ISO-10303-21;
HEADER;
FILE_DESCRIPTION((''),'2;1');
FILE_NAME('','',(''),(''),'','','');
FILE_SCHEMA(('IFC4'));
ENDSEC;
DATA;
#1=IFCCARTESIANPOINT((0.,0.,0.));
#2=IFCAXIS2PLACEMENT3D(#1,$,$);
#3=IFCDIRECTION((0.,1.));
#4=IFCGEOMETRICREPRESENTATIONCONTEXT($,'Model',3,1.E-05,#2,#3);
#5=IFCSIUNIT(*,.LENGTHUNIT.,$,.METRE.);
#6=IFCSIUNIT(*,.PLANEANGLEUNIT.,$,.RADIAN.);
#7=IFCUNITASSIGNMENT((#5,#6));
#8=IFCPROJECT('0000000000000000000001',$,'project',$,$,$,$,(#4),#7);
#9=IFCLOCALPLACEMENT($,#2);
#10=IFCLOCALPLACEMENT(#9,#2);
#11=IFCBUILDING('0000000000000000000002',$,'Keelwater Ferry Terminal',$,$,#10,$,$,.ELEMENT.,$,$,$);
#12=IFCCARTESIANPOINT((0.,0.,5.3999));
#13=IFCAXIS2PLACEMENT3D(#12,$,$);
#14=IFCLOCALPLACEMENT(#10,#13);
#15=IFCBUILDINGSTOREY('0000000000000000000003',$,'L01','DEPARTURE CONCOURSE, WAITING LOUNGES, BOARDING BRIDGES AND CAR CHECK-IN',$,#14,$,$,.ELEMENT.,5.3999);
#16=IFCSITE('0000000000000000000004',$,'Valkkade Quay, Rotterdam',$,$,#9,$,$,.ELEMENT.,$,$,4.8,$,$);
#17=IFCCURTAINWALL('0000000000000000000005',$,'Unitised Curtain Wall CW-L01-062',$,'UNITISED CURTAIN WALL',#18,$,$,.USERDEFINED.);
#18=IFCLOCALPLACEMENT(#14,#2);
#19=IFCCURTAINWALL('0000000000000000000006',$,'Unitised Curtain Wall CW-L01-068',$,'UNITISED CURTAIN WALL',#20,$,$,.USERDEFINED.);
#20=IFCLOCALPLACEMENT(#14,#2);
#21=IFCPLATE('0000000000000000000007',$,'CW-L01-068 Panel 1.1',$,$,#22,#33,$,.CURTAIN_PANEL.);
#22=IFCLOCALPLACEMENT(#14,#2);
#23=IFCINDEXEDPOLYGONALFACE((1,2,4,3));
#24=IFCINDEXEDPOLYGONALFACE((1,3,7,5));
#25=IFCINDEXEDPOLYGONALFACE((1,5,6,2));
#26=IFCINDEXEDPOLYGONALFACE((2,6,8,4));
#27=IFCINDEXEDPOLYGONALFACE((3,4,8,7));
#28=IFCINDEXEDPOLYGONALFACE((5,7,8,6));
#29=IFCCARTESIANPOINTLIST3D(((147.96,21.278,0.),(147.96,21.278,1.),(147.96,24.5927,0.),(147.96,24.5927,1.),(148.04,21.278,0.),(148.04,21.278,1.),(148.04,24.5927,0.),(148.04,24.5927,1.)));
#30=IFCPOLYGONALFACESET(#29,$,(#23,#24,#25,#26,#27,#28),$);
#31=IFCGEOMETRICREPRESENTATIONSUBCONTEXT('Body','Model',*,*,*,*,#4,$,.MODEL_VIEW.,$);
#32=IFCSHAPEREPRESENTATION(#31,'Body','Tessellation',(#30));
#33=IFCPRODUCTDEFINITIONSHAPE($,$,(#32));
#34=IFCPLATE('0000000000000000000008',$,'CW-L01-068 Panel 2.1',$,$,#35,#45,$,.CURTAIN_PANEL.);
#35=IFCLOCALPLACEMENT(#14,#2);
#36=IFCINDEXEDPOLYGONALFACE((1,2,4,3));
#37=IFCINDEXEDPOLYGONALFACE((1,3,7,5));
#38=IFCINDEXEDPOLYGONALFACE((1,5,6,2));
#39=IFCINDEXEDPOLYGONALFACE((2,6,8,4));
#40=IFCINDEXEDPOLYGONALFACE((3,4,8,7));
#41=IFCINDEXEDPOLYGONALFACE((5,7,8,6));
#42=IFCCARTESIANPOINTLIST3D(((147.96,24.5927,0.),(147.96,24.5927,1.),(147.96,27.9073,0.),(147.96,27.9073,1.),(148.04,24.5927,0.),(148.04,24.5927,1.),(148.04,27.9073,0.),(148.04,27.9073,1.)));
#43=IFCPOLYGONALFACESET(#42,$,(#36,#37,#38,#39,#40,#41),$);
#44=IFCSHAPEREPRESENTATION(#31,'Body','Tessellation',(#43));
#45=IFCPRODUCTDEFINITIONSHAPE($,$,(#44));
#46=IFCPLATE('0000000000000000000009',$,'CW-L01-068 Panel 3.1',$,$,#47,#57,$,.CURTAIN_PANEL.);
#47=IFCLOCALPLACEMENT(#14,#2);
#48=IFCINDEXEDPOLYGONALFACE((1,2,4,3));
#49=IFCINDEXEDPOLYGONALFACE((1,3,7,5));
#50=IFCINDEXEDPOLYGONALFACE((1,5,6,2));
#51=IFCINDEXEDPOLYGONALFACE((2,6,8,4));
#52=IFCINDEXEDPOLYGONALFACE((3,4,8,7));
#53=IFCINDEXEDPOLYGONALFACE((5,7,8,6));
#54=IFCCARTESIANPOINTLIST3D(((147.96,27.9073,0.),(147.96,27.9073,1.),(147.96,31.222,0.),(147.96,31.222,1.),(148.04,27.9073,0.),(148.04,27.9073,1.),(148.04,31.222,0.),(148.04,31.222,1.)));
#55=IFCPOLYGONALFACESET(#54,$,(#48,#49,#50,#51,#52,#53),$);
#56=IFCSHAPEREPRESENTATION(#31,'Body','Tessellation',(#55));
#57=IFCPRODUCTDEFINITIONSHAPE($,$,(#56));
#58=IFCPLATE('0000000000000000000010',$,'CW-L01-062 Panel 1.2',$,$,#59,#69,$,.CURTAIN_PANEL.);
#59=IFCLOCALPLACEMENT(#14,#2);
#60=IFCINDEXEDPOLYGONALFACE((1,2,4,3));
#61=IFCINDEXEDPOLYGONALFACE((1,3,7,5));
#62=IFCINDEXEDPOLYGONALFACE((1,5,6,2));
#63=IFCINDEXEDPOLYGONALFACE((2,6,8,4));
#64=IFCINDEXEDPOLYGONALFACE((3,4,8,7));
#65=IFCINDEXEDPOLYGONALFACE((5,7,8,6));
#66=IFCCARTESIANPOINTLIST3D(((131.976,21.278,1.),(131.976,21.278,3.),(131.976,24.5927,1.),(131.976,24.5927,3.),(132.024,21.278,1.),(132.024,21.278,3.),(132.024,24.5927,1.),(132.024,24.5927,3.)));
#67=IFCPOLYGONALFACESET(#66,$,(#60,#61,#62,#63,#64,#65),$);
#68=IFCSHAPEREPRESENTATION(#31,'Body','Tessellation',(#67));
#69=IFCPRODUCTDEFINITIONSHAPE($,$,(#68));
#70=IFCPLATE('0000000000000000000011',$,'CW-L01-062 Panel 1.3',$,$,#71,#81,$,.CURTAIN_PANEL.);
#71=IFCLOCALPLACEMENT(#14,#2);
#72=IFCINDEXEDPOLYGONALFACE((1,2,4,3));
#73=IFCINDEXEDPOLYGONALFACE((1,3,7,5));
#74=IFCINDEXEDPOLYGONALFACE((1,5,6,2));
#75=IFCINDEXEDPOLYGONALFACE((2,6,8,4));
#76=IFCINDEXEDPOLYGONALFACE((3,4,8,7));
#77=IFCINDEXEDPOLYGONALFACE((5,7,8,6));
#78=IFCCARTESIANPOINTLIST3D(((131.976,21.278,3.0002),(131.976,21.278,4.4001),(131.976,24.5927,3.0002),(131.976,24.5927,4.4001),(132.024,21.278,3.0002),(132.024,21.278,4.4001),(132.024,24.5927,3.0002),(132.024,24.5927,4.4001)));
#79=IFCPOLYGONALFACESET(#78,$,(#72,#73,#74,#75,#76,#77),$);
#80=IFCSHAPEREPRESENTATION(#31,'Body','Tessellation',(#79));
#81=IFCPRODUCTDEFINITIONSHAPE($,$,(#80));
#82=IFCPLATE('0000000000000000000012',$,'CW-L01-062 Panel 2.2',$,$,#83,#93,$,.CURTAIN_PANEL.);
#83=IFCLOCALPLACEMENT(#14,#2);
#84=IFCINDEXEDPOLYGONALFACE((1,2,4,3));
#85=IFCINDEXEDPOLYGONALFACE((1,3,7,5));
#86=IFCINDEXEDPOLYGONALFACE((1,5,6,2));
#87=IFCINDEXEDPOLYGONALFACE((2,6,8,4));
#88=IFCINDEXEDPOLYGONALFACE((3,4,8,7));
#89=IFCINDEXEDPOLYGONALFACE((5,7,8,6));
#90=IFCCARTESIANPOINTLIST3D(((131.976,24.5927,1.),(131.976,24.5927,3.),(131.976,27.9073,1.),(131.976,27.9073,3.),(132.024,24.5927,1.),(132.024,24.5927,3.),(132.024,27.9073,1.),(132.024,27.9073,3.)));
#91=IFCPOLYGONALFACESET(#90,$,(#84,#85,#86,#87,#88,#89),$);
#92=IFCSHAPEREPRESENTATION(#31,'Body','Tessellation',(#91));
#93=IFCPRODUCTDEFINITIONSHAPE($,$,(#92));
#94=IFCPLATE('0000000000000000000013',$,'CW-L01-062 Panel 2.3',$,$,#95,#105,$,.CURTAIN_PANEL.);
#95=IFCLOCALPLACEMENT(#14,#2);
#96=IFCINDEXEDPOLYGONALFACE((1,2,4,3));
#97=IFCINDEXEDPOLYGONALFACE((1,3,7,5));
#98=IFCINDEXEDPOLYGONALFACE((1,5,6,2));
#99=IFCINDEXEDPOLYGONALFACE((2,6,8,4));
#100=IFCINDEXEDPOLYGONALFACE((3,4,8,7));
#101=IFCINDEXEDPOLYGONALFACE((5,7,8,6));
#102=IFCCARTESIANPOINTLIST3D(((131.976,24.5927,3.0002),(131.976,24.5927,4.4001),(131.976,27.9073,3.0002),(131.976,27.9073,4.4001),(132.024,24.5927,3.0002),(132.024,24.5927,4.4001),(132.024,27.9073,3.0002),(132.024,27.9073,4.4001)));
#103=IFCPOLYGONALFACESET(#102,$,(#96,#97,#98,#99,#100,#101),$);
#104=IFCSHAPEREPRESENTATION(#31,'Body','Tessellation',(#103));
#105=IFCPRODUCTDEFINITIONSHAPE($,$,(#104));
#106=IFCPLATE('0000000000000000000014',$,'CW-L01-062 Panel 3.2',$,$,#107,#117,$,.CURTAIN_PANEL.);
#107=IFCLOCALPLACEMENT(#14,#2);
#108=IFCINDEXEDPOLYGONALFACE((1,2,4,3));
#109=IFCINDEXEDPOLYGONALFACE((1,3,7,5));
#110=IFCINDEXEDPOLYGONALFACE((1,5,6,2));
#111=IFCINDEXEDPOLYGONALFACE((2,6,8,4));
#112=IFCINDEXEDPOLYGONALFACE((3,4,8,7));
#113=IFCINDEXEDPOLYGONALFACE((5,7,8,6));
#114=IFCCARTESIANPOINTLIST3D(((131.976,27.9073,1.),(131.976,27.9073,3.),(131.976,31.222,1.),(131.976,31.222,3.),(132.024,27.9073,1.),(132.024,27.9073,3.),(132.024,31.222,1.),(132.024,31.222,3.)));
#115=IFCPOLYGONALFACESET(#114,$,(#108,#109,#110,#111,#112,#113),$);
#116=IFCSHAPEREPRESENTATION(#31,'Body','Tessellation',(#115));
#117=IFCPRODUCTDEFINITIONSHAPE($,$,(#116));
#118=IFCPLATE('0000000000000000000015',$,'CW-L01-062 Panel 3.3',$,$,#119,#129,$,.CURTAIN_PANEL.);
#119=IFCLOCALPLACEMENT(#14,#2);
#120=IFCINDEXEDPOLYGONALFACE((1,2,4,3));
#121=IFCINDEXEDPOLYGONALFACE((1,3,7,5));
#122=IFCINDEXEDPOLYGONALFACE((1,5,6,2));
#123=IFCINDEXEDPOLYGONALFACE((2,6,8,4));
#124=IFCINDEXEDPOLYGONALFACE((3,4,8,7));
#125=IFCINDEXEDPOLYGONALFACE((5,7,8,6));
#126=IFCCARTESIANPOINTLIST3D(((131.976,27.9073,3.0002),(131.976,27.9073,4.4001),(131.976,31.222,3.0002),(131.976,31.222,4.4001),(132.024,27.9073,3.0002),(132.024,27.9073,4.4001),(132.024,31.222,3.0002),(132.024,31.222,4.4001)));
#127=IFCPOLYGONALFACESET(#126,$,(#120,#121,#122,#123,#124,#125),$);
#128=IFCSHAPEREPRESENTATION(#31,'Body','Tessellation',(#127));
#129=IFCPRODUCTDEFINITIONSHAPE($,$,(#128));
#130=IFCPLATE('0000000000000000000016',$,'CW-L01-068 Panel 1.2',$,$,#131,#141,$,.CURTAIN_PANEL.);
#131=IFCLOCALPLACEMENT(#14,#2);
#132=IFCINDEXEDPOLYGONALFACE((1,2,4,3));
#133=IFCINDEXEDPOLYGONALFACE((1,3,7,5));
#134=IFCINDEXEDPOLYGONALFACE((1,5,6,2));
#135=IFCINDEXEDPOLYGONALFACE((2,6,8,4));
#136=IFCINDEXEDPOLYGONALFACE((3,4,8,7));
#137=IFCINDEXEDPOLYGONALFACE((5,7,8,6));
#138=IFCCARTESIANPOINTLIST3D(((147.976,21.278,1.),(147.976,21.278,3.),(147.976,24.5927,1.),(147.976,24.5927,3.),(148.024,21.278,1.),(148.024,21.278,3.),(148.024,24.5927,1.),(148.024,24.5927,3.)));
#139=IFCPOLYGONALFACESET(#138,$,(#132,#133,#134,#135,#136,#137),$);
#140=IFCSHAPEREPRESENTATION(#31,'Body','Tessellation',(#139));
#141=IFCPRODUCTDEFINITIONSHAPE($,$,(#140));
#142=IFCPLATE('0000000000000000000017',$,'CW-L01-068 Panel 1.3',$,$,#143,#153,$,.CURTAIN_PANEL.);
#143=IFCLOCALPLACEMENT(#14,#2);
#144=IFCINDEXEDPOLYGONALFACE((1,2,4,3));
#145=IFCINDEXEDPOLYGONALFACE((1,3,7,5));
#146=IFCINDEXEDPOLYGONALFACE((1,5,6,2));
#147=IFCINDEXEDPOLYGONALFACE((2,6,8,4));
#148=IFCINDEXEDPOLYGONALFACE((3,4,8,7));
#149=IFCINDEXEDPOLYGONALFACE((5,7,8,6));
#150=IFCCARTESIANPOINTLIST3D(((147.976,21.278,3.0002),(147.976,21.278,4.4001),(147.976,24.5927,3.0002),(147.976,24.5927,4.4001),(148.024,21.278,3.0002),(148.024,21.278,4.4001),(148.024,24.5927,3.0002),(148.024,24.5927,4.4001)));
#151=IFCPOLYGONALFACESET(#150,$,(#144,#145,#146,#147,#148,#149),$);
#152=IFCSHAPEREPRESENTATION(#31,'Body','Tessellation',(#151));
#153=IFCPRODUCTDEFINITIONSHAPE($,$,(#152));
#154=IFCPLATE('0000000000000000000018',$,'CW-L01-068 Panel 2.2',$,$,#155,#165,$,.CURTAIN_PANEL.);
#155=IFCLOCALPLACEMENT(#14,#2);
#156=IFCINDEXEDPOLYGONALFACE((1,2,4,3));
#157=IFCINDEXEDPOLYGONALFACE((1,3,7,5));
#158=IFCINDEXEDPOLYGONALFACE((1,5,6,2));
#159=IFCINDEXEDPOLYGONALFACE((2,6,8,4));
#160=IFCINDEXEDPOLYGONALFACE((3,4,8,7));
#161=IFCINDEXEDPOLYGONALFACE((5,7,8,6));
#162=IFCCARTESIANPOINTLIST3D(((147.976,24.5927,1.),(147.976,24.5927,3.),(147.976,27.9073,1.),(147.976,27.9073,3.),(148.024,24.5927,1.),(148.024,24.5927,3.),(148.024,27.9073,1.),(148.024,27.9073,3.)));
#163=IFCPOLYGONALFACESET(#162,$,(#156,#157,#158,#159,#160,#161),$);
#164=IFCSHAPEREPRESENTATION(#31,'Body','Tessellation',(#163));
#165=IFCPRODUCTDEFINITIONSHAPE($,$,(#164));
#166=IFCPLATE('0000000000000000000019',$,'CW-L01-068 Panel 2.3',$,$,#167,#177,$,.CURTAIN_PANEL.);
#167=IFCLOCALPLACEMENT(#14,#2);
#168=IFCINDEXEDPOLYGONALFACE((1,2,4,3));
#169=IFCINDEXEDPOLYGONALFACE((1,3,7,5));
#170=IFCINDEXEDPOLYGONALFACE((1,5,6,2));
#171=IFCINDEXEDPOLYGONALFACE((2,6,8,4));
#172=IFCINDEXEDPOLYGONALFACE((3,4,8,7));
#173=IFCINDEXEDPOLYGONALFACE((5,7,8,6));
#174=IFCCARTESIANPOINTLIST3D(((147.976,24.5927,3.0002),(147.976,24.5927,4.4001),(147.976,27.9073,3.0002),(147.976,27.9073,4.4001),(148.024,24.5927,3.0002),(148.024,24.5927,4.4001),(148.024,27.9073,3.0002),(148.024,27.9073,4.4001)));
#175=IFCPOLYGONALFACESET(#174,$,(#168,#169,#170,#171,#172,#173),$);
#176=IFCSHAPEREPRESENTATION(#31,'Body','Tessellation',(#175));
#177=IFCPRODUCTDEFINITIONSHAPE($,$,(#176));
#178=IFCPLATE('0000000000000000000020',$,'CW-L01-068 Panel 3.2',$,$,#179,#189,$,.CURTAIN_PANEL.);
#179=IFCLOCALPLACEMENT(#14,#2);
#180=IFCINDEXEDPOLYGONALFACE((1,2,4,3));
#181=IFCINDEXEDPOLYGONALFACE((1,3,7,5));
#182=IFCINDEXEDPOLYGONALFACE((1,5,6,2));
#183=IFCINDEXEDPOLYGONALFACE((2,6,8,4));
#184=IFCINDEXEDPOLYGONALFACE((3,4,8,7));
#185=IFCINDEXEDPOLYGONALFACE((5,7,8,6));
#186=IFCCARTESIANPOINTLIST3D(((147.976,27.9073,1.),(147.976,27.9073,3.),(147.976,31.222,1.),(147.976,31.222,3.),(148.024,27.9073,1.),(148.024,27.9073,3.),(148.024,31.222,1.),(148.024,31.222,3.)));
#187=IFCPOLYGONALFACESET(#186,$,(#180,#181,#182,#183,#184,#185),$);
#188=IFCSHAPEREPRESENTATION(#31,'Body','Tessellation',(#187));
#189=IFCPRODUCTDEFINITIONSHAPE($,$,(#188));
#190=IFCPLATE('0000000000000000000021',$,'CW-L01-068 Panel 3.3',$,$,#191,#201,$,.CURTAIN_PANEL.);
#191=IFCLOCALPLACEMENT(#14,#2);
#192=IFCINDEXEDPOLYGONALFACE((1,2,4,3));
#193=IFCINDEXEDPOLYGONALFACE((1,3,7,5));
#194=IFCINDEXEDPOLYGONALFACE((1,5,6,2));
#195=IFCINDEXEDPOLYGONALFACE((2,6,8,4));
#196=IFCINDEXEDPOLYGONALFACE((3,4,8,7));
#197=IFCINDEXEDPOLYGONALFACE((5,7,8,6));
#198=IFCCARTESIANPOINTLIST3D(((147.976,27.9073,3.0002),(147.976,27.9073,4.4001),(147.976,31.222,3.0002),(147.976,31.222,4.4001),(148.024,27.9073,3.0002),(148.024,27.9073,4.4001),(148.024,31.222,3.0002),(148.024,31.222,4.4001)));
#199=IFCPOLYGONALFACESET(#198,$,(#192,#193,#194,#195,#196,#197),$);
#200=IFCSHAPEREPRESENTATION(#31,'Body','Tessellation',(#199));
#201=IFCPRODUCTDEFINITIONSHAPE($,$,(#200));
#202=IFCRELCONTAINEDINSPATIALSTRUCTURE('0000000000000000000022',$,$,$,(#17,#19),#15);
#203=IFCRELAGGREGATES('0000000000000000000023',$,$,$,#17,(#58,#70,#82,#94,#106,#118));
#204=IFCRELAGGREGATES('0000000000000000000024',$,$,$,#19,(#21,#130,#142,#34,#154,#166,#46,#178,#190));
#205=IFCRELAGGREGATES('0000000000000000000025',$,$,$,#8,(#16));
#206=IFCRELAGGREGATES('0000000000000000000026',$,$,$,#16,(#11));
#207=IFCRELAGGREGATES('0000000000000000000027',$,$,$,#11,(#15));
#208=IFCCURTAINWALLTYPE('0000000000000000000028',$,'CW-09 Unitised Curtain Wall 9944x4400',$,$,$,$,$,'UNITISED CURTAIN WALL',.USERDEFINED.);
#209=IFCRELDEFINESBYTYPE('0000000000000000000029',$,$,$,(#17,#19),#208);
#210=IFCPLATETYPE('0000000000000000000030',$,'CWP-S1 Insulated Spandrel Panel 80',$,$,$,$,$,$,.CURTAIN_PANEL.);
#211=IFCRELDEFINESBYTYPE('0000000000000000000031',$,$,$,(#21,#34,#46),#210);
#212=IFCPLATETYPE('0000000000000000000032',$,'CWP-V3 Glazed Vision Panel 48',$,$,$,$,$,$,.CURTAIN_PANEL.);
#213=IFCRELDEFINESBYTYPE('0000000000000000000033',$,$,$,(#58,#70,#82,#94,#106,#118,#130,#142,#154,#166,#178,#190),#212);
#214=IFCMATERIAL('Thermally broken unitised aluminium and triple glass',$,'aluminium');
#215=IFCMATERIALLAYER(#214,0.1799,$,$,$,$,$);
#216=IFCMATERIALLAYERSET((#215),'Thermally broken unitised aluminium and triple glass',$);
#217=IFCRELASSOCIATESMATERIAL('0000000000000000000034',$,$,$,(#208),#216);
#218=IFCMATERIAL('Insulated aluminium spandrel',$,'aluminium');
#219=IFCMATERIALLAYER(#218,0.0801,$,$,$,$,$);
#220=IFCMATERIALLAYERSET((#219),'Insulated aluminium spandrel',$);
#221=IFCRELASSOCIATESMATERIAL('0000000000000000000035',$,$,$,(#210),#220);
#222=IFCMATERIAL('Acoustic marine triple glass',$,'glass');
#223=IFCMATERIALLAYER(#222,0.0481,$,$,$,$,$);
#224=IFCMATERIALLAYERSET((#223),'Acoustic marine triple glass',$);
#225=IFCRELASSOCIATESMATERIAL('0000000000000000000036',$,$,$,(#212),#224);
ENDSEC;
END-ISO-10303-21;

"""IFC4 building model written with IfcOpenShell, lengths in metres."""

from ifc_helpers import new_model, si_unit, direction, frame, origin, origin_2d, place, context, subcontext, project, spatial, rectangle, extrude, material, layer, layer_set, type_object, element, aggregate, save


model = new_model("IFC4")

# Units and contexts
model_context = context("Model", 3, precision=1e-05, world=origin(), true_north=direction((0.0, 1.0)))
body_context = subcontext(model_context, "Body", "Model", "MODEL_VIEW")
ifc_project = project(units=[si_unit("LENGTHUNIT", "METRE"), si_unit("PLANEANGLEUNIT", "RADIAN")], contexts=[model_context])

# Site, building, storey
site_placement = place(None, origin())
site = spatial("IfcSite", under=ifc_project, at=site_placement, Name="Valkkade Quay, Rotterdam", CompositionType="ELEMENT", RefElevation=4.8)
building_placement = place(site_placement, origin())
building = spatial("IfcBuilding", under=site, at=building_placement, Name="Keelwater Ferry Terminal", CompositionType="ELEMENT")
storey_placement = place(building_placement, frame((0.0, 0.0, 5.3999)))
storey = spatial("IfcBuildingStorey", under=building, at=storey_placement, Name="L01", Description="DEPARTURE CONCOURSE, WAITING LOUNGES, BOARDING BRIDGES AND CAR CHECK-IN", CompositionType="ELEMENT", Elevation=5.3999)

# Curtain walls
ifc_material_1 = material(Name="Thermally broken unitised aluminium and triple glass", Category="aluminium")
ifc_layer_1 = layer(ifc_material_1, 0.1799)
ifc_layer_set_1 = layer_set([ifc_layer_1], Name="Thermally broken unitised aluminium and triple glass")
curtain_wall_type = type_object("IfcCurtainWallType", Name="CW-09 Unitised Curtain Wall 9944x4400", ElementType="UNITISED CURTAIN WALL", PredefinedType="USERDEFINED", material=ifc_layer_set_1)
curtain_wall_1_placement = place(storey_placement, origin())
curtain_wall_1 = element("IfcCurtainWall", 1, at=curtain_wall_1_placement, inside=storey, type_object=curtain_wall_type, Name="Unitised Curtain Wall CW-L01-062", ObjectType="UNITISED CURTAIN WALL", PredefinedType="USERDEFINED")
curtain_wall_2_placement = place(storey_placement, origin())
curtain_wall_2 = element("IfcCurtainWall", 2, at=curtain_wall_2_placement, inside=storey, type_object=curtain_wall_type, Name="Unitised Curtain Wall CW-L01-068", ObjectType="UNITISED CURTAIN WALL", PredefinedType="USERDEFINED")

# Plates
ifc_material_2 = material(Name="Insulated aluminium spandrel", Category="aluminium")
ifc_layer_2 = layer(ifc_material_2, 0.0801)
ifc_layer_set_2 = layer_set([ifc_layer_2], Name="Insulated aluminium spandrel")
plate_type_1 = type_object("IfcPlateType", Name="CWP-S1 Insulated Spandrel Panel 80", PredefinedType="CURTAIN_PANEL", material=ifc_layer_set_2)
plate_1_placement = place(storey_placement, frame((148.0, 22.9353, 0.0), z_axis=(0.0, 0.0, 1.0), x_axis=(0.0, 1.0, 0.0)))
plate_1 = element("IfcPlate", 3, at=plate_1_placement, type_object=plate_type_1, Name="CW-L01-068 Panel 1.1", PredefinedType="CURTAIN_PANEL", context=body_context, shape_type="SweptSolid", body=[
    extrude(rectangle(XDim=3.3147, YDim=0.0801, at=origin_2d()), origin(), (0.0, 0.0, 1.0), 1.0),
])
plate_2_placement = place(storey_placement, frame((148.0, 26.25, 0.0), z_axis=(0.0, 0.0, 1.0), x_axis=(0.0, 1.0, 0.0)))
plate_2 = element("IfcPlate", 4, at=plate_2_placement, type_object=plate_type_1, Name="CW-L01-068 Panel 2.1", PredefinedType="CURTAIN_PANEL", context=body_context, shape_type="SweptSolid", body=[
    extrude(rectangle(XDim=3.3147, YDim=0.0801, at=origin_2d()), origin(), (0.0, 0.0, 1.0), 1.0),
])
plate_3_placement = place(storey_placement, frame((148.0, 29.5647, 0.0), z_axis=(0.0, 0.0, 1.0), x_axis=(0.0, 1.0, 0.0)))
plate_3 = element("IfcPlate", 5, at=plate_3_placement, type_object=plate_type_1, Name="CW-L01-068 Panel 3.1", PredefinedType="CURTAIN_PANEL", context=body_context, shape_type="SweptSolid", body=[
    extrude(rectangle(XDim=3.3147, YDim=0.0801, at=origin_2d()), origin(), (0.0, 0.0, 1.0), 1.0),
])
ifc_material_3 = material(Name="Acoustic marine triple glass", Category="glass")
ifc_layer_3 = layer(ifc_material_3, 0.0481)
ifc_layer_set_3 = layer_set([ifc_layer_3], Name="Acoustic marine triple glass")
plate_type_2 = type_object("IfcPlateType", Name="CWP-V3 Glazed Vision Panel 48", PredefinedType="CURTAIN_PANEL", material=ifc_layer_set_3)
plate_4_placement = place(storey_placement, frame((132.0, 22.9353, 1.0), z_axis=(0.0, 0.0, 1.0), x_axis=(0.0, 1.0, 0.0)))
plate_4 = element("IfcPlate", 6, at=plate_4_placement, type_object=plate_type_2, Name="CW-L01-062 Panel 1.2", PredefinedType="CURTAIN_PANEL", context=body_context, shape_type="SweptSolid", body=[
    extrude(rectangle(XDim=3.3147, YDim=0.0481, at=origin_2d()), origin(), (0.0, 0.0, 1.0), 2.0),
])
plate_5_placement = place(storey_placement, frame((132.0, 22.9353, 3.0002), z_axis=(0.0, 0.0, 1.0), x_axis=(0.0, 1.0, 0.0)))
plate_5 = element("IfcPlate", 7, at=plate_5_placement, type_object=plate_type_2, Name="CW-L01-062 Panel 1.3", PredefinedType="CURTAIN_PANEL", context=body_context, shape_type="SweptSolid", body=[
    extrude(rectangle(XDim=3.3147, YDim=0.0481, at=origin_2d()), origin(), (0.0, 0.0, 1.0), 1.3999),
])
plate_6_placement = place(storey_placement, frame((132.0, 26.25, 1.0), z_axis=(0.0, 0.0, 1.0), x_axis=(0.0, 1.0, 0.0)))
plate_6 = element("IfcPlate", 8, at=plate_6_placement, type_object=plate_type_2, Name="CW-L01-062 Panel 2.2", PredefinedType="CURTAIN_PANEL", context=body_context, shape_type="SweptSolid", body=[
    extrude(rectangle(XDim=3.3147, YDim=0.0481, at=origin_2d()), origin(), (0.0, 0.0, 1.0), 2.0),
])
plate_7_placement = place(storey_placement, frame((132.0, 26.25, 3.0002), z_axis=(0.0, 0.0, 1.0), x_axis=(0.0, 1.0, 0.0)))
plate_7 = element("IfcPlate", 9, at=plate_7_placement, type_object=plate_type_2, Name="CW-L01-062 Panel 2.3", PredefinedType="CURTAIN_PANEL", context=body_context, shape_type="SweptSolid", body=[
    extrude(rectangle(XDim=3.3147, YDim=0.0481, at=origin_2d()), origin(), (0.0, 0.0, 1.0), 1.3999),
])
plate_8_placement = place(storey_placement, frame((132.0, 29.5647, 1.0), z_axis=(0.0, 0.0, 1.0), x_axis=(0.0, 1.0, 0.0)))
plate_8 = element("IfcPlate", 10, at=plate_8_placement, type_object=plate_type_2, Name="CW-L01-062 Panel 3.2", PredefinedType="CURTAIN_PANEL", context=body_context, shape_type="SweptSolid", body=[
    extrude(rectangle(XDim=3.3147, YDim=0.0481, at=origin_2d()), origin(), (0.0, 0.0, 1.0), 2.0),
])
plate_9_placement = place(storey_placement, frame((132.0, 29.5647, 3.0002), z_axis=(0.0, 0.0, 1.0), x_axis=(0.0, 1.0, 0.0)))
plate_9 = element("IfcPlate", 11, at=plate_9_placement, type_object=plate_type_2, Name="CW-L01-062 Panel 3.3", PredefinedType="CURTAIN_PANEL", context=body_context, shape_type="SweptSolid", body=[
    extrude(rectangle(XDim=3.3147, YDim=0.0481, at=origin_2d()), origin(), (0.0, 0.0, 1.0), 1.3999),
])
aggregate(curtain_wall_1, [plate_4, plate_5, plate_6, plate_7, plate_8, plate_9])
plate_10_placement = place(storey_placement, frame((148.0, 22.9353, 1.0), z_axis=(0.0, 0.0, 1.0), x_axis=(0.0, 1.0, 0.0)))
plate_10 = element("IfcPlate", 12, at=plate_10_placement, type_object=plate_type_2, Name="CW-L01-068 Panel 1.2", PredefinedType="CURTAIN_PANEL", context=body_context, shape_type="SweptSolid", body=[
    extrude(rectangle(XDim=3.3147, YDim=0.0481, at=origin_2d()), origin(), (0.0, 0.0, 1.0), 2.0),
])
plate_11_placement = place(storey_placement, frame((148.0, 22.9353, 3.0002), z_axis=(0.0, 0.0, 1.0), x_axis=(0.0, 1.0, 0.0)))
plate_11 = element("IfcPlate", 13, at=plate_11_placement, type_object=plate_type_2, Name="CW-L01-068 Panel 1.3", PredefinedType="CURTAIN_PANEL", context=body_context, shape_type="SweptSolid", body=[
    extrude(rectangle(XDim=3.3147, YDim=0.0481, at=origin_2d()), origin(), (0.0, 0.0, 1.0), 1.3999),
])
plate_12_placement = place(storey_placement, frame((148.0, 26.25, 1.0), z_axis=(0.0, 0.0, 1.0), x_axis=(0.0, 1.0, 0.0)))
plate_12 = element("IfcPlate", 14, at=plate_12_placement, type_object=plate_type_2, Name="CW-L01-068 Panel 2.2", PredefinedType="CURTAIN_PANEL", context=body_context, shape_type="SweptSolid", body=[
    extrude(rectangle(XDim=3.3147, YDim=0.0481, at=origin_2d()), origin(), (0.0, 0.0, 1.0), 2.0),
])
plate_13_placement = place(storey_placement, frame((148.0, 26.25, 3.0002), z_axis=(0.0, 0.0, 1.0), x_axis=(0.0, 1.0, 0.0)))
plate_13 = element("IfcPlate", 15, at=plate_13_placement, type_object=plate_type_2, Name="CW-L01-068 Panel 2.3", PredefinedType="CURTAIN_PANEL", context=body_context, shape_type="SweptSolid", body=[
    extrude(rectangle(XDim=3.3147, YDim=0.0481, at=origin_2d()), origin(), (0.0, 0.0, 1.0), 1.3999),
])
plate_14_placement = place(storey_placement, frame((148.0, 29.5647, 1.0), z_axis=(0.0, 0.0, 1.0), x_axis=(0.0, 1.0, 0.0)))
plate_14 = element("IfcPlate", 16, at=plate_14_placement, type_object=plate_type_2, Name="CW-L01-068 Panel 3.2", PredefinedType="CURTAIN_PANEL", context=body_context, shape_type="SweptSolid", body=[
    extrude(rectangle(XDim=3.3147, YDim=0.0481, at=origin_2d()), origin(), (0.0, 0.0, 1.0), 2.0),
])
plate_15_placement = place(storey_placement, frame((148.0, 29.5647, 3.0002), z_axis=(0.0, 0.0, 1.0), x_axis=(0.0, 1.0, 0.0)))
plate_15 = element("IfcPlate", 17, at=plate_15_placement, type_object=plate_type_2, Name="CW-L01-068 Panel 3.3", PredefinedType="CURTAIN_PANEL", context=body_context, shape_type="SweptSolid", body=[
    extrude(rectangle(XDim=3.3147, YDim=0.0481, at=origin_2d()), origin(), (0.0, 0.0, 1.0), 1.3999),
])
aggregate(curtain_wall_2, [plate_1, plate_10, plate_11, plate_2, plate_12, plate_13, plate_3, plate_14, plate_15])

save(model, "model.ifc")
